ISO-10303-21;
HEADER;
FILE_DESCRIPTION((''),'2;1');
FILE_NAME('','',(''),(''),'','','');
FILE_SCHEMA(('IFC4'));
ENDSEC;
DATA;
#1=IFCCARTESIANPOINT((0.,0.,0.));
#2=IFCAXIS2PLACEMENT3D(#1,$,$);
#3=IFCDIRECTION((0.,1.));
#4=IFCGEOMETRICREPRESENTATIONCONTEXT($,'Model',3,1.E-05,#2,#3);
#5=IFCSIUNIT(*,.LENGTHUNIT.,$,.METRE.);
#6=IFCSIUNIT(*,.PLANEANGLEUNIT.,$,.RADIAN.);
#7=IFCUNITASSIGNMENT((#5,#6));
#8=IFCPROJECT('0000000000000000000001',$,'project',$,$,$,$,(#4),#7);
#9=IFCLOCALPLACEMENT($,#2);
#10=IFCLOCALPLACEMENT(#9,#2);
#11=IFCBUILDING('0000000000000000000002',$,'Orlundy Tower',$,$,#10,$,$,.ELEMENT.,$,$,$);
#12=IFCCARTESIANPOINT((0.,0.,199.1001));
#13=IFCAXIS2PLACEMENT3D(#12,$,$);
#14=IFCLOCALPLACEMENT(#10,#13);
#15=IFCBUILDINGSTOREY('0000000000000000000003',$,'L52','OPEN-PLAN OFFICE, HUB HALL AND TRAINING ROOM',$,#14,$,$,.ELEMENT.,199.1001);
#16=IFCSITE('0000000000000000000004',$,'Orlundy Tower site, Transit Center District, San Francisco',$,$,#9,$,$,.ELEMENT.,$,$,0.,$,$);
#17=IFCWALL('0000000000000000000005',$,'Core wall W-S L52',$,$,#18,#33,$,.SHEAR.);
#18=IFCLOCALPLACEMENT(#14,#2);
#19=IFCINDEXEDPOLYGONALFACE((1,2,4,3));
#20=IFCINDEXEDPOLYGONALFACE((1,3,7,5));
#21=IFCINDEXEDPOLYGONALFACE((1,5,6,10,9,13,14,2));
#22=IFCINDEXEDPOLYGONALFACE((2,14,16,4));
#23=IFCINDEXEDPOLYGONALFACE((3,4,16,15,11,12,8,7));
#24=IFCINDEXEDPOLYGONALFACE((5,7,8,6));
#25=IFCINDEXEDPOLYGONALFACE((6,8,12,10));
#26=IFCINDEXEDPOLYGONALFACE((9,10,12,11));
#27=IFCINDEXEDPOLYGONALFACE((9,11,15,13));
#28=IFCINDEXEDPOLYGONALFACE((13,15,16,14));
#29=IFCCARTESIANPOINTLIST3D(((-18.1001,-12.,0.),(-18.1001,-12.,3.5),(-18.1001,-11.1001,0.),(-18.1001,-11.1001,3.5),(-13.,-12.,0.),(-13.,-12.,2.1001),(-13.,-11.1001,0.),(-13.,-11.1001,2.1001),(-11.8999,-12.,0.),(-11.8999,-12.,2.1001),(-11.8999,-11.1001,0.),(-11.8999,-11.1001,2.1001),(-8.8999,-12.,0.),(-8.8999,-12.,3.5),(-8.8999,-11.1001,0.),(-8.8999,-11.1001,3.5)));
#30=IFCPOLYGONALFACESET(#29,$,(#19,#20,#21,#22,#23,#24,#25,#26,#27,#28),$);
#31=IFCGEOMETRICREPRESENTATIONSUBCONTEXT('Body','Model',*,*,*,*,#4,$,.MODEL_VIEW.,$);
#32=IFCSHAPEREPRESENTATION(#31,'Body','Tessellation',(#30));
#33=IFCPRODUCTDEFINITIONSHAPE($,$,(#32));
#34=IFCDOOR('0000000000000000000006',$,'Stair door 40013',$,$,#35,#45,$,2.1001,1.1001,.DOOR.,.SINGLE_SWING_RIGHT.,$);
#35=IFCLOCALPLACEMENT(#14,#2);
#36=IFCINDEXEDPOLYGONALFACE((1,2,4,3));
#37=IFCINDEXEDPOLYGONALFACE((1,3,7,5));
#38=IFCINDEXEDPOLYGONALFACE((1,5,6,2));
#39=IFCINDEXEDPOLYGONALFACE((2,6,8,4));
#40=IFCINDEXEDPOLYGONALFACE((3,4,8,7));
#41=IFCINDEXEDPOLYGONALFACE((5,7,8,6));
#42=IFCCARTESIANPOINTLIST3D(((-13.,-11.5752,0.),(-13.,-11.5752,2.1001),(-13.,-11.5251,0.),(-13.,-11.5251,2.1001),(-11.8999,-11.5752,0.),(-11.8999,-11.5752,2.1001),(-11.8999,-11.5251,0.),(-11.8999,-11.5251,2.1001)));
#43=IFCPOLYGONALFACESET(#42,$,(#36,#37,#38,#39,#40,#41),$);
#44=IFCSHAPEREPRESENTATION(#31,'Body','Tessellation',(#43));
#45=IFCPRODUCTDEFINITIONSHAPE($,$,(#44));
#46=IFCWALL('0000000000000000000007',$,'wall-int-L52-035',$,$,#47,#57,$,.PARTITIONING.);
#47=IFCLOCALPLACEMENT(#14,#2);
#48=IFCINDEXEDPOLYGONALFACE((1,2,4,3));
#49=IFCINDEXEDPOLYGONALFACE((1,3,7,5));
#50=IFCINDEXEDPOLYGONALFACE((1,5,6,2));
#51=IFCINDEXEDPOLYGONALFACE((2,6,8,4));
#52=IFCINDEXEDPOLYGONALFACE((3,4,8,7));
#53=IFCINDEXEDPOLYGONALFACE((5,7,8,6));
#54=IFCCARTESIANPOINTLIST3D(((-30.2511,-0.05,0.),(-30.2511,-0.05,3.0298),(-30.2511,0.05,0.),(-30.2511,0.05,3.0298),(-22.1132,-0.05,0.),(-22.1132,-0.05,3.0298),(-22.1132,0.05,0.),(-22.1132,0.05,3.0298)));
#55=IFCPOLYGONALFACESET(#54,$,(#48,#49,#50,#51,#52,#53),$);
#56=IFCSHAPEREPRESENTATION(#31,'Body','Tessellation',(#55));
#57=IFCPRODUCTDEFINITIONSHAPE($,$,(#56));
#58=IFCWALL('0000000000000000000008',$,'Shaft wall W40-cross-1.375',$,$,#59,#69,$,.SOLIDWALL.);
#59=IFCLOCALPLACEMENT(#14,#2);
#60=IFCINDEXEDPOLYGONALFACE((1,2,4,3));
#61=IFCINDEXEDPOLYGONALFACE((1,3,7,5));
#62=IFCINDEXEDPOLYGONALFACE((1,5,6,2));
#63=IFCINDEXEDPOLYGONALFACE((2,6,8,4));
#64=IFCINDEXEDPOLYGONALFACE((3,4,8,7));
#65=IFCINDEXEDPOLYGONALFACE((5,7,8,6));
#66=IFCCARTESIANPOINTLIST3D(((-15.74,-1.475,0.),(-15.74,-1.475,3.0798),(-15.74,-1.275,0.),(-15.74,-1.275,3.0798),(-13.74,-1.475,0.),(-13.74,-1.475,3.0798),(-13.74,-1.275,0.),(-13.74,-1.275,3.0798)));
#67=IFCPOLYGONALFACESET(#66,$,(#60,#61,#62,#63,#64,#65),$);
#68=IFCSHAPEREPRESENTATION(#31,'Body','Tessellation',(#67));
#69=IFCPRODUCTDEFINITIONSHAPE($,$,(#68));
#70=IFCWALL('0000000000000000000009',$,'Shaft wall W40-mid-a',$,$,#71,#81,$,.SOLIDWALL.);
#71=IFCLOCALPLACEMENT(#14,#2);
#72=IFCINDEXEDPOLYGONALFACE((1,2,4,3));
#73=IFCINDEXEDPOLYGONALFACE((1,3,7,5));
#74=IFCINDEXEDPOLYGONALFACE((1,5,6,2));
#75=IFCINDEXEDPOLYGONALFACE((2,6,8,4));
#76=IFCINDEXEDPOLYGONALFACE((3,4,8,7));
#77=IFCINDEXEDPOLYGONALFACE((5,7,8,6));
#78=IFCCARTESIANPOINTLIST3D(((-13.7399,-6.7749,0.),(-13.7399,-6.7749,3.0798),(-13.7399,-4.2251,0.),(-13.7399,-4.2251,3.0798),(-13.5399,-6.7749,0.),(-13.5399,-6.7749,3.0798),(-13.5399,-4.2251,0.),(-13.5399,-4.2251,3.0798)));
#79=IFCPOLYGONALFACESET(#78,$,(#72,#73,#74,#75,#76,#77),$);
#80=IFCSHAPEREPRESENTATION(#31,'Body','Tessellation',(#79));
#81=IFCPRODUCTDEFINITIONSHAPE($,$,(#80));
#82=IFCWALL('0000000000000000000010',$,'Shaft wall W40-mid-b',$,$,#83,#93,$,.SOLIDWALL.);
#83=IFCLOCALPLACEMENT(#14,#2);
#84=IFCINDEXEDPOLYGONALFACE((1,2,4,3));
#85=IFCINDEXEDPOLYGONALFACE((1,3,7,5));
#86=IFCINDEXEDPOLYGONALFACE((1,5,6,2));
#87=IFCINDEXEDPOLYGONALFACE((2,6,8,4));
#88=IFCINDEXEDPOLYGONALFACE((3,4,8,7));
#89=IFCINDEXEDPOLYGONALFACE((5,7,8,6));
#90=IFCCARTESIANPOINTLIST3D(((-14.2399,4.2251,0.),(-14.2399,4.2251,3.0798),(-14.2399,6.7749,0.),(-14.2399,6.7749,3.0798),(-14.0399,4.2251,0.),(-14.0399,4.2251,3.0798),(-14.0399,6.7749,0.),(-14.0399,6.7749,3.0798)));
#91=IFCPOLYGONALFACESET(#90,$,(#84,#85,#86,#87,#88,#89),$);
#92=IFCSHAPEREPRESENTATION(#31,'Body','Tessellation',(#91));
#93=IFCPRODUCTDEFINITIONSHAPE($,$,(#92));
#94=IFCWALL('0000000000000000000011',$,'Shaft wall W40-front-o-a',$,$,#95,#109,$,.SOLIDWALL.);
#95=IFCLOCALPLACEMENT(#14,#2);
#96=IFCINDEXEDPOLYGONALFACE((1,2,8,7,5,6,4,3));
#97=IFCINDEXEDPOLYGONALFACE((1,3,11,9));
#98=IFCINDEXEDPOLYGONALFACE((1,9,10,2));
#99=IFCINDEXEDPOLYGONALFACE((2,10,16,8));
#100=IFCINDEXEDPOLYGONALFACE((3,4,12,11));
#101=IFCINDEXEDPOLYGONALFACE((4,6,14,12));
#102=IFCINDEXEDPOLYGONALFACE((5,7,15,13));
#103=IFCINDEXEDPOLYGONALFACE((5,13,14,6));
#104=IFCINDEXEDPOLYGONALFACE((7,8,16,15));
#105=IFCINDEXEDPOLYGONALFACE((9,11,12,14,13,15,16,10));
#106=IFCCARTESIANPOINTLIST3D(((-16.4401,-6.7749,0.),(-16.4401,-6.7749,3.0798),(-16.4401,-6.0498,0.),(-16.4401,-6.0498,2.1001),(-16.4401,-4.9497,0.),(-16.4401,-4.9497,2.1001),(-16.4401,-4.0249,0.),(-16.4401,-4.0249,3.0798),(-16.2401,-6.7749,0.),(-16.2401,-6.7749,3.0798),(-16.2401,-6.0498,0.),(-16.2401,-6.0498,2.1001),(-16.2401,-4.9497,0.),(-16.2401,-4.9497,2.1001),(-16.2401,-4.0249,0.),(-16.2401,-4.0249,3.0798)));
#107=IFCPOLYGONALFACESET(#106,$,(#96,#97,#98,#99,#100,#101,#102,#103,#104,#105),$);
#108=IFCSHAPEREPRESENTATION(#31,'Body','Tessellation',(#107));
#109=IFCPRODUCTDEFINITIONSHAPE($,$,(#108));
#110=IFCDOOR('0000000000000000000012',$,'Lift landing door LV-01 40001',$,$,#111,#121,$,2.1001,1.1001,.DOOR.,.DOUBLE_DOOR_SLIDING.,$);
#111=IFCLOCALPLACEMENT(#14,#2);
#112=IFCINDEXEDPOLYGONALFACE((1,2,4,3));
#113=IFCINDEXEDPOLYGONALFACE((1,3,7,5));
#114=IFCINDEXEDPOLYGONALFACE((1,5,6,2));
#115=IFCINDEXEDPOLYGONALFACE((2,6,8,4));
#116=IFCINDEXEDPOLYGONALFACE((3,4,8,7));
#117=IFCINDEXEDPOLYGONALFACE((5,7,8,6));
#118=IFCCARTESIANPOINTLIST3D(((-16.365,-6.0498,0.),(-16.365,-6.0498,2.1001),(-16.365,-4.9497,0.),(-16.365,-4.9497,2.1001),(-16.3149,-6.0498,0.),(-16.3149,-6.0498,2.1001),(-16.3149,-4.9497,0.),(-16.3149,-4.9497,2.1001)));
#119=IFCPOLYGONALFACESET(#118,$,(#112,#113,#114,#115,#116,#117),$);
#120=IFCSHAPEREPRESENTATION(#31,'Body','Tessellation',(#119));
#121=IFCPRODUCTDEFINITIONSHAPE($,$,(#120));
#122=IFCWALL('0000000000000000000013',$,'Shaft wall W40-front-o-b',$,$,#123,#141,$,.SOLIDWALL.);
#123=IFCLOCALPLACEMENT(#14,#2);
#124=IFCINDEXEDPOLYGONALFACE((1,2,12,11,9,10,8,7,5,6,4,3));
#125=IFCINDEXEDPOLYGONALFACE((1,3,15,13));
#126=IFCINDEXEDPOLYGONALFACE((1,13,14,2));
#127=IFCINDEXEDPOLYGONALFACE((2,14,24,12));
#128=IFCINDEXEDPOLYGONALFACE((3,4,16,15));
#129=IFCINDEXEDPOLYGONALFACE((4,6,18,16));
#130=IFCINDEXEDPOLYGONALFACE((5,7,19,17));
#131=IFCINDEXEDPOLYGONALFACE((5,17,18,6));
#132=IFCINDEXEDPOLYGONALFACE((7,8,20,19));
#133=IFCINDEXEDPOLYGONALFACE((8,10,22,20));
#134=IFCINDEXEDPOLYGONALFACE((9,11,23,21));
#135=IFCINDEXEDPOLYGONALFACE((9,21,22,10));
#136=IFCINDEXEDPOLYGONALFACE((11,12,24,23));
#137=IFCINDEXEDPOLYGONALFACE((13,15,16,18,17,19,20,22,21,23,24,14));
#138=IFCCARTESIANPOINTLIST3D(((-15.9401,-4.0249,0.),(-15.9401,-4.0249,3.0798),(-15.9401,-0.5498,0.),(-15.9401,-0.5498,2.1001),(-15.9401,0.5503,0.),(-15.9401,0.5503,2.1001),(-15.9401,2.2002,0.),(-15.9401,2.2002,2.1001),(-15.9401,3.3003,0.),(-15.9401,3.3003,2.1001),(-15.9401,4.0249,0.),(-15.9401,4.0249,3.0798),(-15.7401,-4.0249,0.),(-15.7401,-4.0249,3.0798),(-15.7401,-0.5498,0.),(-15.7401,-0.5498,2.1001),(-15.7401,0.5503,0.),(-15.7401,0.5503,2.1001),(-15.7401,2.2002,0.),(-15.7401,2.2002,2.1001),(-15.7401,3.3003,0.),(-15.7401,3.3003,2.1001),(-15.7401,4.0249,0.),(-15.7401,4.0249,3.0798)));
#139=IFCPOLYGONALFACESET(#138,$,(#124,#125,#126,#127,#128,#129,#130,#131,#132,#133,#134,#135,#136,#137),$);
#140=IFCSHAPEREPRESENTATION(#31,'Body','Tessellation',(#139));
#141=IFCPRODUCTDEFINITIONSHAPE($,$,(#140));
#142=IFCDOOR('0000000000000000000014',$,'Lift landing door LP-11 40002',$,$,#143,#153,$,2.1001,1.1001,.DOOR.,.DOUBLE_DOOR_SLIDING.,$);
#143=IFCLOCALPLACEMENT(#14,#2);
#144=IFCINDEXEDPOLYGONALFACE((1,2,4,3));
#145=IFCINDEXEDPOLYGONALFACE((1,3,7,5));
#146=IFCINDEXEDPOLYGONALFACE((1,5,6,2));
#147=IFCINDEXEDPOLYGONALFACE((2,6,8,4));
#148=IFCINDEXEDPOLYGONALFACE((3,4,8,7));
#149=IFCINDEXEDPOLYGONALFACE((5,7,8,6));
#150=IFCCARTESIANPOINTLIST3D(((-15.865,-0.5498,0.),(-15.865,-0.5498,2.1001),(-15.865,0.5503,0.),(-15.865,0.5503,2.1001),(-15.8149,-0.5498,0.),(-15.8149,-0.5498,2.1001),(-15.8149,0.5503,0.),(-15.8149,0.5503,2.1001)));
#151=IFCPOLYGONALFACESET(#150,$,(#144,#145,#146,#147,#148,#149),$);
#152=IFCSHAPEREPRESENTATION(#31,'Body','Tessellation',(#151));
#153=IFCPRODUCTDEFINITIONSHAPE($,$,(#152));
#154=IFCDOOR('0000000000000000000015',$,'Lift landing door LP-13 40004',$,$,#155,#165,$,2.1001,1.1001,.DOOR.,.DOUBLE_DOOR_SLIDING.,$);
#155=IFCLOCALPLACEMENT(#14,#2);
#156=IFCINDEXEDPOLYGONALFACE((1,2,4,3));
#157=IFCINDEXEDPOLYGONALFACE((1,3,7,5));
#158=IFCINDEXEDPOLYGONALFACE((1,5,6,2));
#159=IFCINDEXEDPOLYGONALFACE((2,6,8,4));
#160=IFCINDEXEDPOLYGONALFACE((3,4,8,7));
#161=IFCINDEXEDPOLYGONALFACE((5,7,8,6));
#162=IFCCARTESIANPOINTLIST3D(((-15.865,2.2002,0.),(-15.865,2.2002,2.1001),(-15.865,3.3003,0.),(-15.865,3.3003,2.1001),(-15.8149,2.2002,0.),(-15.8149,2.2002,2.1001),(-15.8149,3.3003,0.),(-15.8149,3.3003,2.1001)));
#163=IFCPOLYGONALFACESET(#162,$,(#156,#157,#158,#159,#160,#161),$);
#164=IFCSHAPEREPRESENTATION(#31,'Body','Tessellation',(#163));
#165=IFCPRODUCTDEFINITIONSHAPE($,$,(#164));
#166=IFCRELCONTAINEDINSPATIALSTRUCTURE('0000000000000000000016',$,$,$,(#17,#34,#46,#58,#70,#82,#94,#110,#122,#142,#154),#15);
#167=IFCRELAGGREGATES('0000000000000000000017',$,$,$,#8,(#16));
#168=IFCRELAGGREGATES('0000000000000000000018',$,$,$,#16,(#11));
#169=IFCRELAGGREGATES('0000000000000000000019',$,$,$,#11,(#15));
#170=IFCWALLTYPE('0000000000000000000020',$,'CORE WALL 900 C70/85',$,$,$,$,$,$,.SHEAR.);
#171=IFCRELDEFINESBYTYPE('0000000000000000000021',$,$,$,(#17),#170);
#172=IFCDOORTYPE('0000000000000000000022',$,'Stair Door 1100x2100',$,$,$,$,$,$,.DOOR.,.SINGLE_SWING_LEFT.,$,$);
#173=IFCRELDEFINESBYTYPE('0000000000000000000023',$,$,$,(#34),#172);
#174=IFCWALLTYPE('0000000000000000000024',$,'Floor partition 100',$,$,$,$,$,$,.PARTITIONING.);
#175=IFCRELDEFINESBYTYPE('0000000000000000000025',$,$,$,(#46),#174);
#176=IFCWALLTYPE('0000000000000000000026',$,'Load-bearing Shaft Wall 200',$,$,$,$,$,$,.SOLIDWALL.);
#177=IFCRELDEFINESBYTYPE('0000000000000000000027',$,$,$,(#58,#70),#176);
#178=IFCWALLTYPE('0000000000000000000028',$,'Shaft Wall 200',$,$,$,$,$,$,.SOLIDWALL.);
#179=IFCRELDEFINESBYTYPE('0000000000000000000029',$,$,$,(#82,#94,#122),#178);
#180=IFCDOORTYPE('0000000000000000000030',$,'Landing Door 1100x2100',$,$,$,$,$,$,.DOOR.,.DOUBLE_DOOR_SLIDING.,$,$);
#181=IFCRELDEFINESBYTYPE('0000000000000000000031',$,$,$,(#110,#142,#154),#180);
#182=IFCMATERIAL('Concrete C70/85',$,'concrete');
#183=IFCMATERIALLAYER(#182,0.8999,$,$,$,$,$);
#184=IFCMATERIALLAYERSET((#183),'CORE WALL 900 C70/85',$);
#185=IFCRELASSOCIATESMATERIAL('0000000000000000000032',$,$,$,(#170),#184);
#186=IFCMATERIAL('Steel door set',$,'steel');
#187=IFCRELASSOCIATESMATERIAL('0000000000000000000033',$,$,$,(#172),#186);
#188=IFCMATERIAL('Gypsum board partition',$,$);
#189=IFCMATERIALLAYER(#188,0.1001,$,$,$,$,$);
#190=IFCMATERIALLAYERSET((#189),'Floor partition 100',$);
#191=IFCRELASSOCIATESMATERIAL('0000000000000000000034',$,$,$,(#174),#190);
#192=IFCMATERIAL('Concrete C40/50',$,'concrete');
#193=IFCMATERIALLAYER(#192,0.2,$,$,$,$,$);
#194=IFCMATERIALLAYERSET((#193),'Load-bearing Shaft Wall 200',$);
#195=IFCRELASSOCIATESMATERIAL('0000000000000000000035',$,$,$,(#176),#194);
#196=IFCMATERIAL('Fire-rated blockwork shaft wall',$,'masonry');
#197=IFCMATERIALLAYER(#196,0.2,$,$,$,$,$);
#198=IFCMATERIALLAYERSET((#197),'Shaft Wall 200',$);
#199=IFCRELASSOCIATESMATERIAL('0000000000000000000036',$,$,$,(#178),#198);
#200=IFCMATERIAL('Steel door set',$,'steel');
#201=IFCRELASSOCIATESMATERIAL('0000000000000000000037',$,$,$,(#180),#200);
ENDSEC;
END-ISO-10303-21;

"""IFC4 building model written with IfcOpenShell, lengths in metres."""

from ifc_helpers import new_model, si_unit, direction, frame, frame_2d, origin, place, context, subcontext, project, spatial, rectangle, extrude, material, layer, layer_set, type_object, element, fill, save


model = new_model("IFC4")

# Units and contexts
model_context = context("Model", 3, precision=1e-05, world=origin(), true_north=direction((0.0, 1.0)))
body_context = subcontext(model_context, "Body", "Model", "MODEL_VIEW")
ifc_project = project(units=[si_unit("LENGTHUNIT", "METRE"), si_unit("PLANEANGLEUNIT", "RADIAN")], contexts=[model_context])

# Site, building, storey
site_placement = place(None, origin())
site = spatial("IfcSite", under=ifc_project, at=site_placement, Name="Orlundy Tower site, Transit Center District, San Francisco", CompositionType="ELEMENT", RefElevation=0.0)
building_placement = place(site_placement, origin())
building = spatial("IfcBuilding", under=site, at=building_placement, Name="Orlundy Tower", CompositionType="ELEMENT")
storey_placement = place(building_placement, frame((0.0, 0.0, 199.1001)))
storey = spatial("IfcBuildingStorey", under=building, at=storey_placement, Name="L52", Description="OPEN-PLAN OFFICE, HUB HALL AND TRAINING ROOM", CompositionType="ELEMENT", Elevation=199.1001)

# Wall, opening, door
ifc_material_1 = material(Name="Concrete C70/85", Category="concrete")
ifc_layer_1 = layer(ifc_material_1, 0.8999)
ifc_layer_set_1 = layer_set([ifc_layer_1], Name="CORE WALL 900 C70/85")
wall_type_1 = type_object("IfcWallType", Name="CORE WALL 900 C70/85", PredefinedType="SHEAR", material=ifc_layer_set_1)
wall_1_placement = place(storey_placement, frame((-18.1001, -11.55, 0.0), z_axis=(0.0, 0.0, 1.0), x_axis=(1.0, 0.0, 0.0)))
wall_1 = element("IfcWall", 1, at=wall_1_placement, inside=storey, type_object=wall_type_1, Name="Core wall W-S L52", PredefinedType="SHEAR", context=body_context, shape_type="SweptSolid", body=[
    extrude(rectangle(XDim=9.2002, YDim=0.8999, at=frame_2d((4.6001, 0.0))), origin(), (0.0, 0.0, 1.0), 3.5),
])
opening_1_placement = place(wall_1_placement, frame((5.1001, 0.0, 0.0)))
opening_1 = element("IfcOpeningElement", 2, at=opening_1_placement, cuts=wall_1, PredefinedType="OPENING", context=body_context, shape_type="SweptSolid", body=[
    extrude(rectangle(XDim=1.1001, YDim=2.1001, at=frame_2d((0.55, 1.05))), frame((0.0, 0.46, 0.0), z_axis=(0.0, -1.0, 0.0), x_axis=(1.0, 0.0, 0.0)), (0.0, 0.0, 1.0), 0.9199),
])
ifc_material_2 = material(Name="Steel door set", Category="steel")
door_type_1 = type_object("IfcDoorType", Name="Stair Door 1100x2100", OperationType="SINGLE_SWING_LEFT", PredefinedType="DOOR", material=ifc_material_2)
door_1_placement = place(opening_1_placement, origin())
door_1 = element("IfcDoor", 3, at=door_1_placement, inside=storey, type_object=door_type_1, Name="Stair door 40013", OperationType="SINGLE_SWING_RIGHT", OverallHeight=2.1001, OverallWidth=1.1001, PredefinedType="DOOR", context=body_context, shape_type="SweptSolid", body=[
    extrude(rectangle(XDim=1.1001, YDim=2.1001, at=frame_2d((0.55, 1.05))), frame((0.0, 0.0249, 0.0), z_axis=(0.0, -1.0, 0.0), x_axis=(1.0, 0.0, 0.0)), (0.0, 0.0, 1.0), 0.05),
])
fill(opening_1, door_1)

# Walls
ifc_material_3 = material(Name="Gypsum board partition")
ifc_layer_2 = layer(ifc_material_3, 0.1001)
ifc_layer_set_2 = layer_set([ifc_layer_2], Name="Floor partition 100")
wall_type_2 = type_object("IfcWallType", Name="Floor partition 100", PredefinedType="PARTITIONING", material=ifc_layer_set_2)
wall_2_placement = place(storey_placement, frame((-30.251, 0.0, 0.0), z_axis=(0.0, 0.0, 1.0), x_axis=(1.0, 0.0, 0.0)))
element("IfcWall", 4, at=wall_2_placement, inside=storey, type_object=wall_type_2, Name="wall-int-L52-035", PredefinedType="PARTITIONING", context=body_context, shape_type="SweptSolid", body=[
    extrude(rectangle(XDim=8.1379, YDim=0.1001, at=frame_2d((4.0688, 0.0))), origin(), (0.0, 0.0, 1.0), 3.0298),
])
ifc_material_4 = material(Name="Concrete C40/50", Category="concrete")
ifc_layer_3 = layer(ifc_material_4, 0.2)
ifc_layer_set_3 = layer_set([ifc_layer_3], Name="Load-bearing Shaft Wall 200")
wall_type_3 = type_object("IfcWallType", Name="Load-bearing Shaft Wall 200", PredefinedType="SOLIDWALL", material=ifc_layer_set_3)
wall_3_placement = place(storey_placement, frame((-13.74, -1.375, 0.0), z_axis=(0.0, 0.0, 1.0), x_axis=(-1.0, 0.0, 0.0)))
element("IfcWall", 5, at=wall_3_placement, inside=storey, type_object=wall_type_3, Name="Shaft wall W40-cross-1.375", PredefinedType="SOLIDWALL", context=body_context, shape_type="SweptSolid", body=[
    extrude(rectangle(XDim=2.0, YDim=0.2, at=frame_2d((1.0, 0.0))), origin(), (0.0, 0.0, 1.0), 3.0798),
])
wall_4_placement = place(storey_placement, frame((-13.6399, -6.7749, 0.0), z_axis=(0.0, 0.0, 1.0), x_axis=(0.0, 1.0, 0.0)))
element("IfcWall", 6, at=wall_4_placement, inside=storey, type_object=wall_type_3, Name="Shaft wall W40-mid-a", PredefinedType="SOLIDWALL", context=body_context, shape_type="SweptSolid", body=[
    extrude(rectangle(XDim=2.5498, YDim=0.2, at=frame_2d((1.2749, 0.0))), origin(), (0.0, 0.0, 1.0), 3.0798),
])
ifc_material_5 = material(Name="Fire-rated blockwork shaft wall", Category="masonry")
ifc_layer_4 = layer(ifc_material_5, 0.2)
ifc_layer_set_4 = layer_set([ifc_layer_4], Name="Shaft Wall 200")
wall_type_4 = type_object("IfcWallType", Name="Shaft Wall 200", PredefinedType="SOLIDWALL", material=ifc_layer_set_4)
wall_5_placement = place(storey_placement, frame((-14.1399, 4.2251, 0.0), z_axis=(0.0, 0.0, 1.0), x_axis=(0.0, 1.0, 0.0)))
element("IfcWall", 7, at=wall_5_placement, inside=storey, type_object=wall_type_4, Name="Shaft wall W40-mid-b", PredefinedType="SOLIDWALL", context=body_context, shape_type="SweptSolid", body=[
    extrude(rectangle(XDim=2.5498, YDim=0.2, at=frame_2d((1.2749, 0.0))), origin(), (0.0, 0.0, 1.0), 3.0798),
])

# Wall, opening, door
wall_6_placement = place(storey_placement, frame((-16.3401, -6.7749, 0.0), z_axis=(0.0, 0.0, 1.0), x_axis=(0.0, 1.0, 0.0)))
wall_6 = element("IfcWall", 8, at=wall_6_placement, inside=storey, type_object=wall_type_4, Name="Shaft wall W40-front-o-a", PredefinedType="SOLIDWALL", context=body_context, shape_type="SweptSolid", body=[
    extrude(rectangle(XDim=2.75, YDim=0.2, at=frame_2d((1.375, 0.0))), origin(), (0.0, 0.0, 1.0), 3.0798),
])
opening_2_placement = place(wall_6_placement, frame((0.7251, 0.0, 0.0)))
opening_2 = element("IfcOpeningElement", 9, at=opening_2_placement, cuts=wall_6, PredefinedType="OPENING", context=body_context, shape_type="SweptSolid", body=[
    extrude(rectangle(XDim=1.1001, YDim=2.1001, at=frame_2d((0.55, 1.05))), frame((0.0, 0.1101, 0.0), z_axis=(0.0, -1.0, 0.0), x_axis=(1.0, 0.0, 0.0)), (0.0, 0.0, 1.0), 0.2202),
])
ifc_material_6 = material(Name="Steel door set", Category="steel")
door_type_2 = type_object("IfcDoorType", Name="Landing Door 1100x2100", OperationType="DOUBLE_DOOR_SLIDING", PredefinedType="DOOR", material=ifc_material_6)
door_2_placement = place(opening_2_placement, origin())
door_2 = element("IfcDoor", 10, at=door_2_placement, inside=storey, type_object=door_type_2, Name="Lift landing door LV-01 40001", OperationType="DOUBLE_DOOR_SLIDING", OverallHeight=2.1001, OverallWidth=1.1001, PredefinedType="DOOR", context=body_context, shape_type="SweptSolid", body=[
    extrude(rectangle(XDim=1.1001, YDim=2.1001, at=frame_2d((0.55, 1.05))), frame((0.0, 0.0249, 0.0), z_axis=(0.0, -1.0, 0.0), x_axis=(1.0, 0.0, 0.0)), (0.0, 0.0, 1.0), 0.05),
])
fill(opening_2, door_2)

# Wall, openings, doors
wall_7_placement = place(storey_placement, frame((-15.8401, -4.0249, 0.0), z_axis=(0.0, 0.0, 1.0), x_axis=(0.0, 1.0, 0.0)))
wall_7 = element("IfcWall", 11, at=wall_7_placement, inside=storey, type_object=wall_type_4, Name="Shaft wall W40-front-o-b", PredefinedType="SOLIDWALL", context=body_context, shape_type="SweptSolid", body=[
    extrude(rectangle(XDim=8.0498, YDim=0.2, at=frame_2d((4.0249, 0.0))), origin(), (0.0, 0.0, 1.0), 3.0798),
])
opening_3_placement = place(wall_7_placement, frame((3.4751, 0.0, 0.0)))
opening_3 = element("IfcOpeningElement", 12, at=opening_3_placement, cuts=wall_7, PredefinedType="OPENING", context=body_context, shape_type="SweptSolid", body=[
    extrude(rectangle(XDim=1.1001, YDim=2.1001, at=frame_2d((0.55, 1.05))), frame((0.0, 0.1101, 0.0), z_axis=(0.0, -1.0, 0.0), x_axis=(1.0, 0.0, 0.0)), (0.0, 0.0, 1.0), 0.2202),
])
opening_4_placement = place(wall_7_placement, frame((6.2251, 0.0, 0.0)))
opening_4 = element("IfcOpeningElement", 13, at=opening_4_placement, cuts=wall_7, PredefinedType="OPENING", context=body_context, shape_type="SweptSolid", body=[
    extrude(rectangle(XDim=1.1001, YDim=2.1001, at=frame_2d((0.55, 1.05))), frame((0.0, 0.1101, 0.0), z_axis=(0.0, -1.0, 0.0), x_axis=(1.0, 0.0, 0.0)), (0.0, 0.0, 1.0), 0.2202),
])
door_3_placement = place(opening_3_placement, origin())
door_3 = element("IfcDoor", 14, at=door_3_placement, inside=storey, type_object=door_type_2, Name="Lift landing door LP-11 40002", OperationType="DOUBLE_DOOR_SLIDING", OverallHeight=2.1001, OverallWidth=1.1001, PredefinedType="DOOR", context=body_context, shape_type="SweptSolid", body=[
    extrude(rectangle(XDim=1.1001, YDim=2.1001, at=frame_2d((0.55, 1.05))), frame((0.0, 0.0249, 0.0), z_axis=(0.0, -1.0, 0.0), x_axis=(1.0, 0.0, 0.0)), (0.0, 0.0, 1.0), 0.05),
])
fill(opening_3, door_3)
door_4_placement = place(opening_4_placement, origin())
door_4 = element("IfcDoor", 15, at=door_4_placement, inside=storey, type_object=door_type_2, Name="Lift landing door LP-13 40004", OperationType="DOUBLE_DOOR_SLIDING", OverallHeight=2.1001, OverallWidth=1.1001, PredefinedType="DOOR", context=body_context, shape_type="SweptSolid", body=[
    extrude(rectangle(XDim=1.1001, YDim=2.1001, at=frame_2d((0.55, 1.05))), frame((0.0, 0.0249, 0.0), z_axis=(0.0, -1.0, 0.0), x_axis=(1.0, 0.0, 0.0)), (0.0, 0.0, 1.0), 0.05),
])
fill(opening_4, door_4)

save(model, "model.ifc")
